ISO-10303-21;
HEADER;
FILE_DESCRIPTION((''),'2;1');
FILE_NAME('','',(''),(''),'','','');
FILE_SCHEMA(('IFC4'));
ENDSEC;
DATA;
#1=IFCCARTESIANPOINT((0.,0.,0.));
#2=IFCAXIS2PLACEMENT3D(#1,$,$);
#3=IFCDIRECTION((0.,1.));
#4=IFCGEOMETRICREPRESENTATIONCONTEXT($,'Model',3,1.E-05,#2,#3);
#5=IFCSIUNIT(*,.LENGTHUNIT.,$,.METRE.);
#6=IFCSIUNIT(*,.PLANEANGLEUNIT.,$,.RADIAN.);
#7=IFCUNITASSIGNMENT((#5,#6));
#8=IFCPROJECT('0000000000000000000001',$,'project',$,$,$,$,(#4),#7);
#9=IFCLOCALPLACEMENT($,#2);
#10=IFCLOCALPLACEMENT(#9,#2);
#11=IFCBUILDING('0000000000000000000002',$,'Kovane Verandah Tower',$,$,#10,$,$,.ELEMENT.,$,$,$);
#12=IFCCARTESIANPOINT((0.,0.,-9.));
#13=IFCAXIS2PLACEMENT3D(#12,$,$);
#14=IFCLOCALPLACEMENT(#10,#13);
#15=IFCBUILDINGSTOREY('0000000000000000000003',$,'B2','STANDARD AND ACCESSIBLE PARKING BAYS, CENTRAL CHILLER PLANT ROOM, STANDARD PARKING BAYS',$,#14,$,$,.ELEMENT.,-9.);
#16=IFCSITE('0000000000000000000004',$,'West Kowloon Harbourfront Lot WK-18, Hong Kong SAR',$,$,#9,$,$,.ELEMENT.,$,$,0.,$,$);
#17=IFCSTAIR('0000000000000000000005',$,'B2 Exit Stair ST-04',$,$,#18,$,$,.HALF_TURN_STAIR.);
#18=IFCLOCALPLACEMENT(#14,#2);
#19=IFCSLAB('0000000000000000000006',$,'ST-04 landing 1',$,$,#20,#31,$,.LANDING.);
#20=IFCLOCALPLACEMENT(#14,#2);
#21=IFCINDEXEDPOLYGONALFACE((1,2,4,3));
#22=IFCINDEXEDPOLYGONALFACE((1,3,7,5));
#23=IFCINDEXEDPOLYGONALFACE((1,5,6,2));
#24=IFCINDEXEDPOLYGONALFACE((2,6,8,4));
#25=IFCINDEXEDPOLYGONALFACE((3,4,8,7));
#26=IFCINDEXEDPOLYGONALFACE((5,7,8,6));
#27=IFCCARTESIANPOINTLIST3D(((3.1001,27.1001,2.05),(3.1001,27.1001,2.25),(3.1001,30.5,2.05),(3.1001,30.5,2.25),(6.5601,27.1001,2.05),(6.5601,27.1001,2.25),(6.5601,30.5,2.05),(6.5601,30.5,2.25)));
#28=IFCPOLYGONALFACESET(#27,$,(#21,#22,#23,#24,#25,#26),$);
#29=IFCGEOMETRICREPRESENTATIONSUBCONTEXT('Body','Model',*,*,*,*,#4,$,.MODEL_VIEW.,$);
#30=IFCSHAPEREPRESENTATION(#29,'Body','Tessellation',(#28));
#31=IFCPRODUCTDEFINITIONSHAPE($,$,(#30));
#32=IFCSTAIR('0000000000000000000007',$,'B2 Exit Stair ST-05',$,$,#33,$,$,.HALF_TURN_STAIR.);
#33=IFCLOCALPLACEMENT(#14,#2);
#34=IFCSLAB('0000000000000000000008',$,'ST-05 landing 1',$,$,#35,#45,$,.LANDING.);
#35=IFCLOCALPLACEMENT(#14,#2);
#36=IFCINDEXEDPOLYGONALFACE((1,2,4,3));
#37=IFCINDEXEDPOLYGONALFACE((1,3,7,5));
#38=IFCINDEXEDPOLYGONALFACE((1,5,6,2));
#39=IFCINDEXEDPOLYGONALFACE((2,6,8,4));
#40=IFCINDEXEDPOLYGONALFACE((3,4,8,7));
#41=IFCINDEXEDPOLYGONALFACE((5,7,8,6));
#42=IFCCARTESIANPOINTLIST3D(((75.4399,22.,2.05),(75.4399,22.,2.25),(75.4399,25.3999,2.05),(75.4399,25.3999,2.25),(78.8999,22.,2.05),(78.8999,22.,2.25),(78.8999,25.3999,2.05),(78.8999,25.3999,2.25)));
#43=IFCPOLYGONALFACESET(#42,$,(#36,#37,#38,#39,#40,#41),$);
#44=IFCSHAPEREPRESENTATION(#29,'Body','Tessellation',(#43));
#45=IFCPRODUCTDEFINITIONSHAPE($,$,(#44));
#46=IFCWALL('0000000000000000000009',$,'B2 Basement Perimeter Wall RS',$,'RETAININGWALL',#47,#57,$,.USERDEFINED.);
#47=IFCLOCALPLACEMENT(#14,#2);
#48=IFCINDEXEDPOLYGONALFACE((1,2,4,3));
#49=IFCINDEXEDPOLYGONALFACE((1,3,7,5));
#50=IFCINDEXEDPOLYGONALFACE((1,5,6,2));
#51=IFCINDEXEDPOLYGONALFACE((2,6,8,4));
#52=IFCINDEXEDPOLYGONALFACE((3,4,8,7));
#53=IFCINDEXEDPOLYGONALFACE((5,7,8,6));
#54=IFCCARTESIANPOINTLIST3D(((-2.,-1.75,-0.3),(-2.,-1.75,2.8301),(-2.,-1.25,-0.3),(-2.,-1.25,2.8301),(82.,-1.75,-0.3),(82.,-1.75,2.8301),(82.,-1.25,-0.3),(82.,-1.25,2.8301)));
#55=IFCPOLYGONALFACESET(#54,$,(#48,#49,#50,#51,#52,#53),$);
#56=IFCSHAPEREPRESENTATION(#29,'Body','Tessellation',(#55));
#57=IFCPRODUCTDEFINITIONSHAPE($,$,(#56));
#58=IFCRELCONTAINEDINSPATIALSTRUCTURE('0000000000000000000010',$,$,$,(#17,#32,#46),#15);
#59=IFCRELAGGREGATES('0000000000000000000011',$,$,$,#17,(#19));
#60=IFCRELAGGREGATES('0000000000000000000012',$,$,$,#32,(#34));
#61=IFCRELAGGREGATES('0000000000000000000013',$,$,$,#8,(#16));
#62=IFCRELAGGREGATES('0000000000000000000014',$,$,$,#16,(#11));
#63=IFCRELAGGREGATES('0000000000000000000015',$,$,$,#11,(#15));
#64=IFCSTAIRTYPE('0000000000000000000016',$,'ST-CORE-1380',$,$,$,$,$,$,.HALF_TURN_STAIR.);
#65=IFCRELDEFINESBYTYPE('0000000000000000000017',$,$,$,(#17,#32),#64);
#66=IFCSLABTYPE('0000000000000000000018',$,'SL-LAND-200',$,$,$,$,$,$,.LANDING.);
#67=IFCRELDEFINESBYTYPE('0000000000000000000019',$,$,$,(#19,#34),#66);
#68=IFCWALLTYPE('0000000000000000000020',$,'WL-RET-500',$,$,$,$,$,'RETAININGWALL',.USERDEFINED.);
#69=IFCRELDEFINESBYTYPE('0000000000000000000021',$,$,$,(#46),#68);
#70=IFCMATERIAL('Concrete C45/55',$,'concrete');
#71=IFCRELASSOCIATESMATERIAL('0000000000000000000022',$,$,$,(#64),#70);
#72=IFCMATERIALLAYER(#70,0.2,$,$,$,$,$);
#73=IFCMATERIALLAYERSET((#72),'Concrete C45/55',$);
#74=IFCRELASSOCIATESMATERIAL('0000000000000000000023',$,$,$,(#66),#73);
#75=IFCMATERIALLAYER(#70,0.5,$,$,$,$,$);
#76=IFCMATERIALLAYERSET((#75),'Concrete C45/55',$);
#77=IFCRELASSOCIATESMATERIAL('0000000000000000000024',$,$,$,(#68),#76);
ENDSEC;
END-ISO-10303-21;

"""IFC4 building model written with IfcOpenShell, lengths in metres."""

from ifc_helpers import new_model, si_unit, direction, frame, frame_2d, origin, place, context, subcontext, project, spatial, polyline, rectangle, outline, extrude, material, layer, layer_set, type_object, element, aggregate, save


model = new_model("IFC4")

# Units and contexts
model_context = context("Model", 3, precision=1e-05, world=origin(), true_north=direction((0.0, 1.0)))
body_context = subcontext(model_context, "Body", "Model", "MODEL_VIEW")
ifc_project = project(units=[si_unit("LENGTHUNIT", "METRE"), si_unit("PLANEANGLEUNIT", "RADIAN")], contexts=[model_context])

# Site, building, storey
site_placement = place(None, origin())
site = spatial("IfcSite", under=ifc_project, at=site_placement, Name="West Kowloon Harbourfront Lot WK-18, Hong Kong SAR", CompositionType="ELEMENT", RefElevation=0.0)
building_placement = place(site_placement, origin())
building = spatial("IfcBuilding", under=site, at=building_placement, Name="Kovane Verandah Tower", CompositionType="ELEMENT")
storey_placement = place(building_placement, frame((0.0, 0.0, -9.0)))
storey = spatial("IfcBuildingStorey", under=building, at=storey_placement, Name="B2", Description="STANDARD AND ACCESSIBLE PARKING BAYS, CENTRAL CHILLER PLANT ROOM, STANDARD PARKING BAYS", CompositionType="ELEMENT", Elevation=-9.0)

# Shared definitions
ifc_material_1 = material(Name="Concrete C45/55", Category="concrete")

# Stairs, slabs
stair_type = type_object("IfcStairType", Name="ST-CORE-1380", PredefinedType="HALF_TURN_STAIR", material=ifc_material_1)
ifc_layer_1 = layer(ifc_material_1, 0.2)
ifc_layer_set_1 = layer_set([ifc_layer_1], Name="Concrete C45/55")
slab_type_1 = type_object("IfcSlabType", Name="SL-LAND-200", PredefinedType="LANDING", material=ifc_layer_set_1)
stair_1_placement = place(storey_placement, origin())
stair_1 = element("IfcStair", 1, at=stair_1_placement, inside=storey, type_object=stair_type, Name="B2 Exit Stair ST-04", PredefinedType="HALF_TURN_STAIR")
slab_1_placement = place(storey_placement, frame((0.0, 0.0, 2.05)))
slab_1 = element("IfcSlab", 2, at=slab_1_placement, type_object=slab_type_1, Name="ST-04 landing 1", PredefinedType="LANDING", context=body_context, shape_type="SweptSolid", body=[
    extrude(outline(polyline([(6.5601, 27.1001), (6.5601, 30.5), (3.1001, 30.5), (3.1001, 27.1001), (6.5601, 27.1001)])), origin(), (0.0, 0.0, 1.0), 0.2),
])
aggregate(stair_1, [slab_1])
stair_2_placement = place(storey_placement, origin())
stair_2 = element("IfcStair", 3, at=stair_2_placement, inside=storey, type_object=stair_type, Name="B2 Exit Stair ST-05", PredefinedType="HALF_TURN_STAIR")
slab_2_placement = place(storey_placement, frame((0.0, 0.0, 2.05)))
slab_2 = element("IfcSlab", 4, at=slab_2_placement, type_object=slab_type_1, Name="ST-05 landing 1", PredefinedType="LANDING", context=body_context, shape_type="SweptSolid", body=[
    extrude(outline(polyline([(75.4399, 25.3999), (75.4399, 22.0), (78.8999, 22.0), (78.8999, 25.3999), (75.4399, 25.3999)])), origin(), (0.0, 0.0, 1.0), 0.2),
])
aggregate(stair_2, [slab_2])

# Wall
ifc_layer_2 = layer(ifc_material_1, 0.5)
ifc_layer_set_2 = layer_set([ifc_layer_2], Name="Concrete C45/55")
wall_type = type_object("IfcWallType", Name="WL-RET-500", ElementType="RETAININGWALL", PredefinedType="USERDEFINED", material=ifc_layer_set_2)
wall_placement = place(storey_placement, frame((-2.0, -1.5, -0.3), z_axis=(0.0, 0.0, 1.0), x_axis=(1.0, 0.0, 0.0)))
element("IfcWall", 5, at=wall_placement, inside=storey, type_object=wall_type, Name="B2 Basement Perimeter Wall RS", ObjectType="RETAININGWALL", PredefinedType="USERDEFINED", context=body_context, shape_type="SweptSolid", body=[
    extrude(rectangle(XDim=84.0, YDim=0.5, at=frame_2d((42.0, 0.0))), origin(), (0.0, 0.0, 1.0), 3.1301),
])

save(model, "model.ifc")
